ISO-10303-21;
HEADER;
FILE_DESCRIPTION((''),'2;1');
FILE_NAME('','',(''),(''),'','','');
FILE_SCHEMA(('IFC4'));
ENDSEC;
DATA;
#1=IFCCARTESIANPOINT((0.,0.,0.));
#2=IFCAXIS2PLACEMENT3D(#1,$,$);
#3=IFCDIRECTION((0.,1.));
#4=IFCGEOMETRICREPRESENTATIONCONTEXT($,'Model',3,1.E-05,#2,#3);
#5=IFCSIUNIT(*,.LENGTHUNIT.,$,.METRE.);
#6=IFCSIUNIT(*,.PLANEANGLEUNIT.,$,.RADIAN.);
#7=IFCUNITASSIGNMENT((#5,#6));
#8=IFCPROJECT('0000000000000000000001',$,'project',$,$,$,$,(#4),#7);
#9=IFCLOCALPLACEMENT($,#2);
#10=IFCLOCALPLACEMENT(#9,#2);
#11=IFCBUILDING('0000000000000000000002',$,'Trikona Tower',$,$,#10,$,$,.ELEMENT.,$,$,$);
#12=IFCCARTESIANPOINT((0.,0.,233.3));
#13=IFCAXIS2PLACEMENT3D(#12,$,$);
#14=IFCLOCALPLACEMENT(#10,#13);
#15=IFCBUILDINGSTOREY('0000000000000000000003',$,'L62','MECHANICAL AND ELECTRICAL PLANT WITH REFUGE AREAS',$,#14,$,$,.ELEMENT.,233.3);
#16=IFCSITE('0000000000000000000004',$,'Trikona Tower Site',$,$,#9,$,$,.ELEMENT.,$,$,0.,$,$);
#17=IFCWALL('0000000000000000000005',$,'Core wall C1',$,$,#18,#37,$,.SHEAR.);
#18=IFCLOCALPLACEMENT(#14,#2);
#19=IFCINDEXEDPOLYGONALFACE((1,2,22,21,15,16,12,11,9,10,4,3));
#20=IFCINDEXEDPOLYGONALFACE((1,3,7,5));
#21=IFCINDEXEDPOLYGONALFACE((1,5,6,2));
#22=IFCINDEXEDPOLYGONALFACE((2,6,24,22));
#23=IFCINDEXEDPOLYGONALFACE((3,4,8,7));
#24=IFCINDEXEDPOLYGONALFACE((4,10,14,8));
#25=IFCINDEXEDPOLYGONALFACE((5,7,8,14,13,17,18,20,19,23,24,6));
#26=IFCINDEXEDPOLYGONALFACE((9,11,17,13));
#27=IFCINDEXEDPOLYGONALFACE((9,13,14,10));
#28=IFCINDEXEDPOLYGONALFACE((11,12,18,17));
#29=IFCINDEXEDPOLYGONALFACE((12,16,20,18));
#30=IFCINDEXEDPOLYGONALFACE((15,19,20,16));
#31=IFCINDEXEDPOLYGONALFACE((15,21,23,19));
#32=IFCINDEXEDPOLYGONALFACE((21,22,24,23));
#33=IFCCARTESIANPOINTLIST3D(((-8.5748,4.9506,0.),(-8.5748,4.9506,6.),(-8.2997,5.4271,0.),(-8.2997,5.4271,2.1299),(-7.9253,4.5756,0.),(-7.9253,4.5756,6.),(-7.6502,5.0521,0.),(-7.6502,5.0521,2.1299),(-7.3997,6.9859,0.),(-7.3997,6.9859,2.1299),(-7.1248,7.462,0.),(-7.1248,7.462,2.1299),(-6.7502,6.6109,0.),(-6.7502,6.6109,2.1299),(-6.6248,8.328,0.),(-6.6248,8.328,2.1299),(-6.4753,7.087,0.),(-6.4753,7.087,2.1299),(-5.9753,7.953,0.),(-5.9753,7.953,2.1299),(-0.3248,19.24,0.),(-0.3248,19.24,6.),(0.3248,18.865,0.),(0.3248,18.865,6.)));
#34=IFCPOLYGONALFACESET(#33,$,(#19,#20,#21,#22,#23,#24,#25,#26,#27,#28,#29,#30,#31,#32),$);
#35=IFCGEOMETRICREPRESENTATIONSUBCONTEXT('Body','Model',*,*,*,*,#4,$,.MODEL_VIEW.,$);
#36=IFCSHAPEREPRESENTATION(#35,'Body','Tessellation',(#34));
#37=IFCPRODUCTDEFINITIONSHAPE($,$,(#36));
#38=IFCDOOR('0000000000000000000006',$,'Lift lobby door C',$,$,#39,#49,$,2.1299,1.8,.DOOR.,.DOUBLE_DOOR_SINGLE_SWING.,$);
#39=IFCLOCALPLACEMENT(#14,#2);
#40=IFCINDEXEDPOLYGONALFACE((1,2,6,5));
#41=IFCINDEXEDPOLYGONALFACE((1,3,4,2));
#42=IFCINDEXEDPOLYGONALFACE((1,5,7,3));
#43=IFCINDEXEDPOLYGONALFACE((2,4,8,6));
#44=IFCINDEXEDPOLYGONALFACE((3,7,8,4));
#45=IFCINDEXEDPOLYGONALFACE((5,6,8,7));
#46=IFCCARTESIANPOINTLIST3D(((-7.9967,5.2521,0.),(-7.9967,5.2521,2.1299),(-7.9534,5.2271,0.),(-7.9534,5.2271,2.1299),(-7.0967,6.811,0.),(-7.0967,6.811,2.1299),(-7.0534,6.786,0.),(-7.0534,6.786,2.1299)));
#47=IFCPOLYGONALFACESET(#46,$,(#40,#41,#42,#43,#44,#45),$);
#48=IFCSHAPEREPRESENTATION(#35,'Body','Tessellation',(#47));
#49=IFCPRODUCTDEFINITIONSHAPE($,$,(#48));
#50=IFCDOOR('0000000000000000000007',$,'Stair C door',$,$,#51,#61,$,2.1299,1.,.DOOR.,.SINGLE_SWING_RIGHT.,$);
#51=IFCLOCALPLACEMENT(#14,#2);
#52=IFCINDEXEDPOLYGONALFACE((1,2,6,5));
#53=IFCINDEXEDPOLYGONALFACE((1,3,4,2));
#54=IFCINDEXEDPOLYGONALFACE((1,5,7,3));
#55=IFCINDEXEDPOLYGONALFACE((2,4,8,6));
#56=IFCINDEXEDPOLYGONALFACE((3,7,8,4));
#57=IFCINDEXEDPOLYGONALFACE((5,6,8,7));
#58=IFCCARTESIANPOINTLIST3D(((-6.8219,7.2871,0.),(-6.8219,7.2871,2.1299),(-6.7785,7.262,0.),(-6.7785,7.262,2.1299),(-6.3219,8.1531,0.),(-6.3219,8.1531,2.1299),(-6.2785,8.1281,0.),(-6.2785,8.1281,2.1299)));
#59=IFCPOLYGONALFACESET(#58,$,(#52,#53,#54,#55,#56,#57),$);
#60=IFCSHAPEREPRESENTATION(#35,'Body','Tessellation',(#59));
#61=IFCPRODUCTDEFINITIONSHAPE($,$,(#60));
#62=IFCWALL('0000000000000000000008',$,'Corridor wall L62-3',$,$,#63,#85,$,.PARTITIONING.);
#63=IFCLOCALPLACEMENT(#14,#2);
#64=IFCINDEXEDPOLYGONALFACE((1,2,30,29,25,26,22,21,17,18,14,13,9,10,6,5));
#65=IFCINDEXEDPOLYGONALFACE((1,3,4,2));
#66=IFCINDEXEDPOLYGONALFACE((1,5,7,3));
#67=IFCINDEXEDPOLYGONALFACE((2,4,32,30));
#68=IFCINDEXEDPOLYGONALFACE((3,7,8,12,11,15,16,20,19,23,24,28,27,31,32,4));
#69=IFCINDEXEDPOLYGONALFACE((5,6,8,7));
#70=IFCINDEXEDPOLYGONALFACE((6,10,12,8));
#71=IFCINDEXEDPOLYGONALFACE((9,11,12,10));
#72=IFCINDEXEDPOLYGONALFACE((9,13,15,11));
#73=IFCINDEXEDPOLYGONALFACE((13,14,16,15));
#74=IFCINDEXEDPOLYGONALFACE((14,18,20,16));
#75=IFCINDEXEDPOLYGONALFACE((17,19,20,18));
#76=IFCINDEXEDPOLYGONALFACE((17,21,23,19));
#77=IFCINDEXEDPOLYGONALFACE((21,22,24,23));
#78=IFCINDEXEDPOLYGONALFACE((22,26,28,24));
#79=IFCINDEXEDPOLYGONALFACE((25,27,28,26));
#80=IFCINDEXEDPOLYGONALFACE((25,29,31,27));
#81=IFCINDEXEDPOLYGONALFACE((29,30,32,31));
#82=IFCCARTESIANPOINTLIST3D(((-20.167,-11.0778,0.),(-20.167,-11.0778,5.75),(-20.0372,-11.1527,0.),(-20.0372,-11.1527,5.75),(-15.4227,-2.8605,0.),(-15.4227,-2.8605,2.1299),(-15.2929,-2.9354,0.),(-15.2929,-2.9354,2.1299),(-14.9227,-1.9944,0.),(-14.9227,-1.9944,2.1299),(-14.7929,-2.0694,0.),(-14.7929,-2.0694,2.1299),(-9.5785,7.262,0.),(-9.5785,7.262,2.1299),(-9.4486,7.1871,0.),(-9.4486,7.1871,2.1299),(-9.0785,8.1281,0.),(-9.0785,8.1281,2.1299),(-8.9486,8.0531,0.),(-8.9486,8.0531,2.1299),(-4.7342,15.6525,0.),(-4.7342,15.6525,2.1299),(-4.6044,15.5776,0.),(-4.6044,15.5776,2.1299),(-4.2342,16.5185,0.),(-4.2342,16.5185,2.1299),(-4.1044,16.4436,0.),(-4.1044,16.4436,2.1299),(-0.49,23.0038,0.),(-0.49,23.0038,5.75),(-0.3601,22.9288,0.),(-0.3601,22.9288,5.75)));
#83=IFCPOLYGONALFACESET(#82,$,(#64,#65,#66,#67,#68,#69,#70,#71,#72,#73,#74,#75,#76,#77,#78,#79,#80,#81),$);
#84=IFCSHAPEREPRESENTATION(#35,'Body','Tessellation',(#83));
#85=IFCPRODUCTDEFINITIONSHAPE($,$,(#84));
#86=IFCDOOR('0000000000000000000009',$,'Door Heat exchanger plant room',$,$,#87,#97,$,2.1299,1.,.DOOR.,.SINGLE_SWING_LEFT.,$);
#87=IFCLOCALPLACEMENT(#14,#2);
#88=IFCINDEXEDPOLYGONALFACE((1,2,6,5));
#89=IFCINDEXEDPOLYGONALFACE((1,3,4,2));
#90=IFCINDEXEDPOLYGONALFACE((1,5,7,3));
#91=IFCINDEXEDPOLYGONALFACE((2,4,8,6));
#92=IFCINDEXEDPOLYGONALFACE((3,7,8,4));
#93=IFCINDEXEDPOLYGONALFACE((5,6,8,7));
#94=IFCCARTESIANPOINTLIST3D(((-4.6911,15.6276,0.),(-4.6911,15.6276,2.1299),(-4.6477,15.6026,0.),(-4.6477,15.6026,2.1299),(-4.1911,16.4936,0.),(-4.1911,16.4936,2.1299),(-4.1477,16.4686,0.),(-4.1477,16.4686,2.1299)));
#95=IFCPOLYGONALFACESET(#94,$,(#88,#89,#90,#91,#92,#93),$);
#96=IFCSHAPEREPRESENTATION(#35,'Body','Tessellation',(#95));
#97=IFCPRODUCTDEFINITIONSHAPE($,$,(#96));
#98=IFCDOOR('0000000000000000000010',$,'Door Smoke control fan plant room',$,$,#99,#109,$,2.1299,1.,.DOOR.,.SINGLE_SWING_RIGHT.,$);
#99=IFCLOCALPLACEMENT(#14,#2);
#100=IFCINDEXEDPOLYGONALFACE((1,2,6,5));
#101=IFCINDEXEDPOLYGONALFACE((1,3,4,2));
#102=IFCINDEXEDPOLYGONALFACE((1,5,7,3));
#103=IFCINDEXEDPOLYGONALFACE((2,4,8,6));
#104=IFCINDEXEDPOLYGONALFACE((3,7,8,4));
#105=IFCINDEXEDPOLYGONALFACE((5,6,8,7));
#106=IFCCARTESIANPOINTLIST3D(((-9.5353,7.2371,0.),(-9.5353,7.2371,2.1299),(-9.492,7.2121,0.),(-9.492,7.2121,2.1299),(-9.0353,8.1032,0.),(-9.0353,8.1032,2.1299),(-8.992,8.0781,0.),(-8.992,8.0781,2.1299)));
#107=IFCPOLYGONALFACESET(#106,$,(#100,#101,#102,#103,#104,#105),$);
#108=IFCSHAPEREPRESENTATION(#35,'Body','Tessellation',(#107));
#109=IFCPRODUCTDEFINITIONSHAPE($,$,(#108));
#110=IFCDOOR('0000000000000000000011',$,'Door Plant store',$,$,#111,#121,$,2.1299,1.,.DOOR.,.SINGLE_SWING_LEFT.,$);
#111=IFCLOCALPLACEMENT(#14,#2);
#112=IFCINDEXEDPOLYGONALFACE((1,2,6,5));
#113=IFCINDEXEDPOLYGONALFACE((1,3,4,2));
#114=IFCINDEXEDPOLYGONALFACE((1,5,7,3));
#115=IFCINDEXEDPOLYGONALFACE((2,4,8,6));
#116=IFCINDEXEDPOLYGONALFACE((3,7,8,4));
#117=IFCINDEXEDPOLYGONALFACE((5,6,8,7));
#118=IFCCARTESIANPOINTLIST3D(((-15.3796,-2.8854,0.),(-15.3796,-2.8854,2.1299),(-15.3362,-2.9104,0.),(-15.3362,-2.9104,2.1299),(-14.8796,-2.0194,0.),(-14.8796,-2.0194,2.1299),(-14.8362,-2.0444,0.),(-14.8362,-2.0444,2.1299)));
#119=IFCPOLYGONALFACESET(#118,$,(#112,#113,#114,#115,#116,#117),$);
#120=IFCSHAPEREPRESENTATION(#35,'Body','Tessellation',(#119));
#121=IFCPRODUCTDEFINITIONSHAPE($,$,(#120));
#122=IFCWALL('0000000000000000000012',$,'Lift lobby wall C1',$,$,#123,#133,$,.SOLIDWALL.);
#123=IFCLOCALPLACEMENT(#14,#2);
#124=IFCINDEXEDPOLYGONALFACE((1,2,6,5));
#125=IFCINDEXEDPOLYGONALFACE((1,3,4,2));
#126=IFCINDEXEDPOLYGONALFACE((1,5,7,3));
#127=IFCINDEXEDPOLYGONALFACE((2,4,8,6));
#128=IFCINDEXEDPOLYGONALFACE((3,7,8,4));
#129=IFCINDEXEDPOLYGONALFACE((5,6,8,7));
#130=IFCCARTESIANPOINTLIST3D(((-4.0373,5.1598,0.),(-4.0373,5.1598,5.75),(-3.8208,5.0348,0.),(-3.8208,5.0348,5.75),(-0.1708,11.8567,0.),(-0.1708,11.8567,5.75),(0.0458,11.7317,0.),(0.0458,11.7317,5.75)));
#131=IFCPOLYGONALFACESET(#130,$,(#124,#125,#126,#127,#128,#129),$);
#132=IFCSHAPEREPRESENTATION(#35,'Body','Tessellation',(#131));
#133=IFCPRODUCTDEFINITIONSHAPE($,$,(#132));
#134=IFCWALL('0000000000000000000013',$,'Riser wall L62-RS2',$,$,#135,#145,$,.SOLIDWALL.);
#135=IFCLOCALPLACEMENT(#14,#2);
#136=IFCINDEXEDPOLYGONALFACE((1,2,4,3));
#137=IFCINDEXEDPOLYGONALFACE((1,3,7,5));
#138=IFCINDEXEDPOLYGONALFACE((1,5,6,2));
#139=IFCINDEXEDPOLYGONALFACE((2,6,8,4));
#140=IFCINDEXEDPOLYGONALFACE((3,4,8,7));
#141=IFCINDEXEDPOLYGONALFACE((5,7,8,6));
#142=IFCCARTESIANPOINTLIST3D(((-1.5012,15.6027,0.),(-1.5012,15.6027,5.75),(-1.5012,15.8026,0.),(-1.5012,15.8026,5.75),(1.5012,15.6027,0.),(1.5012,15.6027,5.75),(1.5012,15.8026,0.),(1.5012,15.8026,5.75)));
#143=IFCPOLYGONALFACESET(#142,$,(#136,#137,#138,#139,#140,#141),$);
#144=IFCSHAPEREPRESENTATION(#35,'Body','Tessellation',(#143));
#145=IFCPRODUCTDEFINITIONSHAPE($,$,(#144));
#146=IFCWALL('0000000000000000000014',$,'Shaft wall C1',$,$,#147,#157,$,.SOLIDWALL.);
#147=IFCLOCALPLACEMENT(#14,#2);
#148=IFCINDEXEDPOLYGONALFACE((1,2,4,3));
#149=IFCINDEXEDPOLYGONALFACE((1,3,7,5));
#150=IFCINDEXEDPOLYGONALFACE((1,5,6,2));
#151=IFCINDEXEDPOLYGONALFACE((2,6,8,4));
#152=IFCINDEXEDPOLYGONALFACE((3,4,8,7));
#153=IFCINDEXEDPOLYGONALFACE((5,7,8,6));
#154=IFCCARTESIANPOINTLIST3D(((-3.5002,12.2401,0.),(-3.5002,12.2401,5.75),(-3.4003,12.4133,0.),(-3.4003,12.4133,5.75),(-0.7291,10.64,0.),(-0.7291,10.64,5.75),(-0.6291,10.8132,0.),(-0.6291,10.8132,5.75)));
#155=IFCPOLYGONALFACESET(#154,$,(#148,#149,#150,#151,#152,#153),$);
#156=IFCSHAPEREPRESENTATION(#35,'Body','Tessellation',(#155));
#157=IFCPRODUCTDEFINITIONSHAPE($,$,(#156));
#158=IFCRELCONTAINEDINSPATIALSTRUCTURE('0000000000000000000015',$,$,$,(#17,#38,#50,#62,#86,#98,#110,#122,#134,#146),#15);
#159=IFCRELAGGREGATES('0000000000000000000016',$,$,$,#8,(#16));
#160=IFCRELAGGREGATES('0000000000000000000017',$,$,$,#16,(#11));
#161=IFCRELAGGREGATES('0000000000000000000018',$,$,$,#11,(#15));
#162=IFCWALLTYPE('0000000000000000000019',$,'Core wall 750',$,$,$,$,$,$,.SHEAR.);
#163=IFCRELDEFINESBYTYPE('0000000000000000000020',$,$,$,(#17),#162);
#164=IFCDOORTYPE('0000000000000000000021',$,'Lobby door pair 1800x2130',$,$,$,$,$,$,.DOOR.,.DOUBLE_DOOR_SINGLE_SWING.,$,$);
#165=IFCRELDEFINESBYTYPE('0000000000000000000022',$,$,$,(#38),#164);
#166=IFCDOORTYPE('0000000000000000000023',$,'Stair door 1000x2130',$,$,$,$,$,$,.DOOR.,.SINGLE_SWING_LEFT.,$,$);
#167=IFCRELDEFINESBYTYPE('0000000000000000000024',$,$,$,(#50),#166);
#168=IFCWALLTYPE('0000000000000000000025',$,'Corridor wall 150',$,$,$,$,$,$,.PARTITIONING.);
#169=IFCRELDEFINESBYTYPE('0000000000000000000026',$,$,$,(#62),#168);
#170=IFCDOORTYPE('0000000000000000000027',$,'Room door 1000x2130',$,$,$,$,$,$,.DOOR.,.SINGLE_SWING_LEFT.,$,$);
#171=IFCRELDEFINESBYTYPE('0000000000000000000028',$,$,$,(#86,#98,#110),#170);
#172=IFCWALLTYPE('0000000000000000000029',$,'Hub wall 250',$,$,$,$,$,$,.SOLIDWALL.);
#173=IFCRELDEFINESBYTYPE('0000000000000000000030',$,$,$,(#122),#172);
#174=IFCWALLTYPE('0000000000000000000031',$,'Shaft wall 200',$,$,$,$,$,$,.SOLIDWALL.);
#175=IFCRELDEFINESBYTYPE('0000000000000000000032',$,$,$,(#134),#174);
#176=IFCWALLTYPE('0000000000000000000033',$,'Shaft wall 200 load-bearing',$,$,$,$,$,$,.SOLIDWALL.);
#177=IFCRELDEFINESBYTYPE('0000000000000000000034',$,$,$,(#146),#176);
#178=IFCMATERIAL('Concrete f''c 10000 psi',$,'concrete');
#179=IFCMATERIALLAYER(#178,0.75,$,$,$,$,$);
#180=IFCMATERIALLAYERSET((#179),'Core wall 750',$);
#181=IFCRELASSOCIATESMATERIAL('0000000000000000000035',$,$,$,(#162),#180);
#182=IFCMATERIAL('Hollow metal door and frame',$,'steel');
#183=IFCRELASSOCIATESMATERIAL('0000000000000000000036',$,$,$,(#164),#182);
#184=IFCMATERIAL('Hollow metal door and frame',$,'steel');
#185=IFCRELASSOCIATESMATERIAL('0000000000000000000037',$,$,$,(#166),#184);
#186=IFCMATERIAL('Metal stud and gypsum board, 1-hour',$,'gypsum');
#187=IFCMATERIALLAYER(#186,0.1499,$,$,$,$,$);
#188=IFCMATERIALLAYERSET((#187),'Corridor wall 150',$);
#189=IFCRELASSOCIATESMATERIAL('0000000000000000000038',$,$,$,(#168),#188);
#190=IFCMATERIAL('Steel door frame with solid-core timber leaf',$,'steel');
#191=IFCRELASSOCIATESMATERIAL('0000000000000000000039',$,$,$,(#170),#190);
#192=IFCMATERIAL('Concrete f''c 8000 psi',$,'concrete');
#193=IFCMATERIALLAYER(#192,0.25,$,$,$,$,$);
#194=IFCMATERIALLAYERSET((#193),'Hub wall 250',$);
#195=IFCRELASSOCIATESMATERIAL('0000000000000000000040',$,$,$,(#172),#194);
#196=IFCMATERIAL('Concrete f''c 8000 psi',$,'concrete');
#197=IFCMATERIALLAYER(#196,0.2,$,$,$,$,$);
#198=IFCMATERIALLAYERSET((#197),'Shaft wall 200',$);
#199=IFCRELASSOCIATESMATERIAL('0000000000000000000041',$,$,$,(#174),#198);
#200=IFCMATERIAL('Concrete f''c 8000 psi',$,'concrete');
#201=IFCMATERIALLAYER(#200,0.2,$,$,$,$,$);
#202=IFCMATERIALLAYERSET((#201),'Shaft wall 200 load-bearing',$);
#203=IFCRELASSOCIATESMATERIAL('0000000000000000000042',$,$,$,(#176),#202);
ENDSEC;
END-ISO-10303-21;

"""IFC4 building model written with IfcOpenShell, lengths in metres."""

from ifc_helpers import new_model, si_unit, direction, frame, frame_2d, origin, place, context, subcontext, project, spatial, rectangle, extrude, material, layer, layer_set, type_object, element, fill, save


model = new_model("IFC4")

# Units and contexts
model_context = context("Model", 3, precision=1e-05, world=origin(), true_north=direction((0.0, 1.0)))
body_context = subcontext(model_context, "Body", "Model", "MODEL_VIEW")
ifc_project = project(units=[si_unit("LENGTHUNIT", "METRE"), si_unit("PLANEANGLEUNIT", "RADIAN")], contexts=[model_context])

# Site, building, storey
site_placement = place(None, origin())
site = spatial("IfcSite", under=ifc_project, at=site_placement, Name="Trikona Tower Site", CompositionType="ELEMENT", RefElevation=0.0)
building_placement = place(site_placement, origin())
building = spatial("IfcBuilding", under=site, at=building_placement, Name="Trikona Tower", CompositionType="ELEMENT")
storey_placement = place(building_placement, frame((0.0, 0.0, 233.3)))
storey = spatial("IfcBuildingStorey", under=building, at=storey_placement, Name="L62", Description="MECHANICAL AND ELECTRICAL PLANT WITH REFUGE AREAS", CompositionType="ELEMENT", Elevation=233.3)

# Walls, openings, doors
ifc_material_1 = material(Name="Concrete f'c 10000 psi", Category="concrete")
ifc_layer_1 = layer(ifc_material_1, 0.75)
ifc_layer_set_1 = layer_set([ifc_layer_1], Name="Core wall 750")
wall_type_1 = type_object("IfcWallType", Name="Core wall 750", PredefinedType="SHEAR", material=ifc_layer_set_1)
wall_1_placement = place(storey_placement, frame((0.0, 19.0525, 0.0), z_axis=(0.0, 0.0, 1.0), x_axis=(-0.500003, -0.866024, 0.0)))
wall_1 = element("IfcWall", 1, at=wall_1_placement, inside=storey, type_object=wall_type_1, Name="Core wall C1", PredefinedType="SHEAR", context=body_context, shape_type="SweptSolid", body=[
    extrude(rectangle(XDim=16.5, YDim=0.75, at=frame_2d((8.25, 0.0))), origin(), (0.0, 0.0, 1.0), 6.0),
])
opening_1_placement = place(wall_1_placement, frame((14.1499, 0.0, 0.0)))
opening_1 = element("IfcOpeningElement", 2, at=opening_1_placement, cuts=wall_1, PredefinedType="OPENING", context=body_context, shape_type="SweptSolid", body=[
    extrude(rectangle(XDim=1.8, YDim=2.1299, at=frame_2d((0.8999, 1.0649))), frame((0.0, 0.385, 0.0), z_axis=(0.0, -1.0, 0.0), x_axis=(1.0, 0.0, 0.0)), (0.0, 0.0, 1.0), 0.77),
])
opening_2_placement = place(wall_1_placement, frame((12.6001, 0.0, 0.0)))
opening_2 = element("IfcOpeningElement", 3, at=opening_2_placement, cuts=wall_1, PredefinedType="OPENING", context=body_context, shape_type="SweptSolid", body=[
    extrude(rectangle(XDim=1.0, YDim=2.1299, at=frame_2d((0.5, 1.0649))), frame((0.0, 0.385, 0.0), z_axis=(0.0, -1.0, 0.0), x_axis=(1.0, 0.0, 0.0)), (0.0, 0.0, 1.0), 0.77),
])
ifc_material_2 = material(Name="Hollow metal door and frame", Category="steel")
door_type_1 = type_object("IfcDoorType", Name="Lobby door pair 1800x2130", OperationType="DOUBLE_DOOR_SINGLE_SWING", PredefinedType="DOOR", material=ifc_material_2)
door_1_placement = place(opening_1_placement, origin())
door_1 = element("IfcDoor", 4, at=door_1_placement, inside=storey, type_object=door_type_1, Name="Lift lobby door C", OperationType="DOUBLE_DOOR_SINGLE_SWING", OverallHeight=2.1299, OverallWidth=1.8, PredefinedType="DOOR", context=body_context, shape_type="SweptSolid", body=[
    extrude(rectangle(XDim=1.8, YDim=2.1299, at=frame_2d((0.8999, 1.0649))), frame((0.0, 0.0249, 0.0), z_axis=(0.0, -1.0, 0.0), x_axis=(1.0, 0.0, 0.0)), (0.0, 0.0, 1.0), 0.05),
])
fill(opening_1, door_1)
ifc_material_3 = material(Name="Hollow metal door and frame", Category="steel")
door_type_2 = type_object("IfcDoorType", Name="Stair door 1000x2130", OperationType="SINGLE_SWING_LEFT", PredefinedType="DOOR", material=ifc_material_3)
door_2_placement = place(opening_2_placement, origin())
door_2 = element("IfcDoor", 5, at=door_2_placement, inside=storey, type_object=door_type_2, Name="Stair C door", OperationType="SINGLE_SWING_RIGHT", OverallHeight=2.1299, OverallWidth=1.0, PredefinedType="DOOR", context=body_context, shape_type="SweptSolid", body=[
    extrude(rectangle(XDim=1.0, YDim=2.1299, at=frame_2d((0.5, 1.0649))), frame((0.0, 0.0249, 0.0), z_axis=(0.0, -1.0, 0.0), x_axis=(1.0, 0.0, 0.0)), (0.0, 0.0, 1.0), 0.05),
])
fill(opening_2, door_2)
ifc_material_4 = material(Name="Metal stud and gypsum board, 1-hour", Category="gypsum")
ifc_layer_2 = layer(ifc_material_4, 0.1499)
ifc_layer_set_2 = layer_set([ifc_layer_2], Name="Corridor wall 150")
wall_type_2 = type_object("IfcWallType", Name="Corridor wall 150", PredefinedType="PARTITIONING", material=ifc_layer_set_2)
wall_2_placement = place(storey_placement, frame((-0.425, 22.9663, 0.0), z_axis=(0.0, 0.0, 1.0), x_axis=(-0.5, -0.866025, 0.0)))
wall_2 = element("IfcWall", 6, at=wall_2_placement, inside=storey, type_object=wall_type_2, Name="Corridor wall L62-3", PredefinedType="PARTITIONING", context=body_context, shape_type="SweptSolid", body=[
    extrude(rectangle(XDim=39.354, YDim=0.1499, at=frame_2d((19.677, 0.0))), origin(), (0.0, 0.0, 1.0), 5.75),
])
opening_3_placement = place(wall_2_placement, frame((7.4885, 0.0, 0.0)))
opening_3 = element("IfcOpeningElement", 7, at=opening_3_placement, cuts=wall_2, PredefinedType="OPENING", context=body_context, shape_type="SweptSolid", body=[
    extrude(rectangle(XDim=1.0, YDim=2.1299, at=frame_2d((0.5, 1.0649))), frame((0.0, 0.085, 0.0), z_axis=(0.0, -1.0, 0.0), x_axis=(1.0, 0.0, 0.0)), (0.0, 0.0, 1.0), 0.1699),
])
opening_4_placement = place(wall_2_placement, frame((17.177, 0.0, 0.0)))
opening_4 = element("IfcOpeningElement", 8, at=opening_4_placement, cuts=wall_2, PredefinedType="OPENING", context=body_context, shape_type="SweptSolid", body=[
    extrude(rectangle(XDim=1.0, YDim=2.1299, at=frame_2d((0.5, 1.0649))), frame((0.0, 0.085, 0.0), z_axis=(0.0, -1.0, 0.0), x_axis=(1.0, 0.0, 0.0)), (0.0, 0.0, 1.0), 0.1699),
])
opening_5_placement = place(wall_2_placement, frame((28.8655, 0.0, 0.0)))
opening_5 = element("IfcOpeningElement", 9, at=opening_5_placement, cuts=wall_2, PredefinedType="OPENING", context=body_context, shape_type="SweptSolid", body=[
    extrude(rectangle(XDim=1.0, YDim=2.1299, at=frame_2d((0.5, 1.0649))), frame((0.0, 0.085, 0.0), z_axis=(0.0, -1.0, 0.0), x_axis=(1.0, 0.0, 0.0)), (0.0, 0.0, 1.0), 0.1699),
])
ifc_material_5 = material(Name="Steel door frame with solid-core timber leaf", Category="steel")
door_type_3 = type_object("IfcDoorType", Name="Room door 1000x2130", OperationType="SINGLE_SWING_LEFT", PredefinedType="DOOR", material=ifc_material_5)
door_3_placement = place(opening_3_placement, origin())
door_3 = element("IfcDoor", 10, at=door_3_placement, inside=storey, type_object=door_type_3, Name="Door Heat exchanger plant room", OperationType="SINGLE_SWING_LEFT", OverallHeight=2.1299, OverallWidth=1.0, PredefinedType="DOOR", context=body_context, shape_type="SweptSolid", body=[
    extrude(rectangle(XDim=1.0, YDim=2.1299, at=frame_2d((0.5, 1.0649))), frame((0.0, 0.0249, 0.0), z_axis=(0.0, -1.0, 0.0), x_axis=(1.0, 0.0, 0.0)), (0.0, 0.0, 1.0), 0.05),
])
fill(opening_3, door_3)
door_4_placement = place(opening_4_placement, origin())
door_4 = element("IfcDoor", 11, at=door_4_placement, inside=storey, type_object=door_type_3, Name="Door Smoke control fan plant room", OperationType="SINGLE_SWING_RIGHT", OverallHeight=2.1299, OverallWidth=1.0, PredefinedType="DOOR", context=body_context, shape_type="SweptSolid", body=[
    extrude(rectangle(XDim=1.0, YDim=2.1299, at=frame_2d((0.5, 1.0649))), frame((0.0, 0.0249, 0.0), z_axis=(0.0, -1.0, 0.0), x_axis=(1.0, 0.0, 0.0)), (0.0, 0.0, 1.0), 0.05),
])
fill(opening_4, door_4)
door_5_placement = place(opening_5_placement, origin())
door_5 = element("IfcDoor", 12, at=door_5_placement, inside=storey, type_object=door_type_3, Name="Door Plant store", OperationType="SINGLE_SWING_LEFT", OverallHeight=2.1299, OverallWidth=1.0, PredefinedType="DOOR", context=body_context, shape_type="SweptSolid", body=[
    extrude(rectangle(XDim=1.0, YDim=2.1299, at=frame_2d((0.5, 1.0649))), frame((0.0, 0.0249, 0.0), z_axis=(0.0, -1.0, 0.0), x_axis=(1.0, 0.0, 0.0)), (0.0, 0.0, 1.0), 0.05),
])
fill(opening_5, door_5)

# Walls
ifc_material_6 = material(Name="Concrete f'c 8000 psi", Category="concrete")
ifc_layer_3 = layer(ifc_material_6, 0.25)
ifc_layer_set_3 = layer_set([ifc_layer_3], Name="Hub wall 250")
wall_type_3 = type_object("IfcWallType", Name="Hub wall 250", PredefinedType="SOLIDWALL", material=ifc_layer_set_3)
wall_3_placement = place(storey_placement, frame((-0.0625, 11.7942, 0.0), z_axis=(0.0, 0.0, 1.0), x_axis=(-0.500007, -0.866022, 0.0)))
element("IfcWall", 13, at=wall_3_placement, inside=storey, type_object=wall_type_3, Name="Lift lobby wall C1", PredefinedType="SOLIDWALL", context=body_context, shape_type="SweptSolid", body=[
    extrude(rectangle(XDim=7.7329, YDim=0.25, at=frame_2d((3.8665, 0.0))), origin(), (0.0, 0.0, 1.0), 5.75),
])
ifc_material_7 = material(Name="Concrete f'c 8000 psi", Category="concrete")
ifc_layer_4 = layer(ifc_material_7, 0.2)
ifc_layer_set_4 = layer_set([ifc_layer_4], Name="Shaft wall 200")
wall_type_4 = type_object("IfcWallType", Name="Shaft wall 200", PredefinedType="SOLIDWALL", material=ifc_layer_set_4)
wall_4_placement = place(storey_placement, frame((-1.5012, 15.7026, 0.0), z_axis=(0.0, 0.0, 1.0), x_axis=(1.0, 0.0, 0.0)))
element("IfcWall", 14, at=wall_4_placement, inside=storey, type_object=wall_type_4, Name="Riser wall L62-RS2", PredefinedType="SOLIDWALL", context=body_context, shape_type="SweptSolid", body=[
    extrude(rectangle(XDim=3.0024, YDim=0.2, at=frame_2d((1.5012, 0.0))), origin(), (0.0, 0.0, 1.0), 5.75),
])
ifc_material_8 = material(Name="Concrete f'c 8000 psi", Category="concrete")
ifc_layer_5 = layer(ifc_material_8, 0.2)
ifc_layer_set_5 = layer_set([ifc_layer_5], Name="Shaft wall 200 load-bearing")
wall_type_5 = type_object("IfcWallType", Name="Shaft wall 200 load-bearing", PredefinedType="SOLIDWALL", material=ifc_layer_set_5)
wall_5_placement = place(storey_placement, frame((-0.679, 10.7266, 0.0), z_axis=(0.0, 0.0, 1.0), x_axis=(-0.866009, 0.500028, 0.0)))
element("IfcWall", 15, at=wall_5_placement, inside=storey, type_object=wall_type_5, Name="Shaft wall C1", PredefinedType="SOLIDWALL", context=body_context, shape_type="SweptSolid", body=[
    extrude(rectangle(XDim=3.2, YDim=0.2, at=frame_2d((1.6001, 0.0))), origin(), (0.0, 0.0, 1.0), 5.75),
])

save(model, "model.ifc")
